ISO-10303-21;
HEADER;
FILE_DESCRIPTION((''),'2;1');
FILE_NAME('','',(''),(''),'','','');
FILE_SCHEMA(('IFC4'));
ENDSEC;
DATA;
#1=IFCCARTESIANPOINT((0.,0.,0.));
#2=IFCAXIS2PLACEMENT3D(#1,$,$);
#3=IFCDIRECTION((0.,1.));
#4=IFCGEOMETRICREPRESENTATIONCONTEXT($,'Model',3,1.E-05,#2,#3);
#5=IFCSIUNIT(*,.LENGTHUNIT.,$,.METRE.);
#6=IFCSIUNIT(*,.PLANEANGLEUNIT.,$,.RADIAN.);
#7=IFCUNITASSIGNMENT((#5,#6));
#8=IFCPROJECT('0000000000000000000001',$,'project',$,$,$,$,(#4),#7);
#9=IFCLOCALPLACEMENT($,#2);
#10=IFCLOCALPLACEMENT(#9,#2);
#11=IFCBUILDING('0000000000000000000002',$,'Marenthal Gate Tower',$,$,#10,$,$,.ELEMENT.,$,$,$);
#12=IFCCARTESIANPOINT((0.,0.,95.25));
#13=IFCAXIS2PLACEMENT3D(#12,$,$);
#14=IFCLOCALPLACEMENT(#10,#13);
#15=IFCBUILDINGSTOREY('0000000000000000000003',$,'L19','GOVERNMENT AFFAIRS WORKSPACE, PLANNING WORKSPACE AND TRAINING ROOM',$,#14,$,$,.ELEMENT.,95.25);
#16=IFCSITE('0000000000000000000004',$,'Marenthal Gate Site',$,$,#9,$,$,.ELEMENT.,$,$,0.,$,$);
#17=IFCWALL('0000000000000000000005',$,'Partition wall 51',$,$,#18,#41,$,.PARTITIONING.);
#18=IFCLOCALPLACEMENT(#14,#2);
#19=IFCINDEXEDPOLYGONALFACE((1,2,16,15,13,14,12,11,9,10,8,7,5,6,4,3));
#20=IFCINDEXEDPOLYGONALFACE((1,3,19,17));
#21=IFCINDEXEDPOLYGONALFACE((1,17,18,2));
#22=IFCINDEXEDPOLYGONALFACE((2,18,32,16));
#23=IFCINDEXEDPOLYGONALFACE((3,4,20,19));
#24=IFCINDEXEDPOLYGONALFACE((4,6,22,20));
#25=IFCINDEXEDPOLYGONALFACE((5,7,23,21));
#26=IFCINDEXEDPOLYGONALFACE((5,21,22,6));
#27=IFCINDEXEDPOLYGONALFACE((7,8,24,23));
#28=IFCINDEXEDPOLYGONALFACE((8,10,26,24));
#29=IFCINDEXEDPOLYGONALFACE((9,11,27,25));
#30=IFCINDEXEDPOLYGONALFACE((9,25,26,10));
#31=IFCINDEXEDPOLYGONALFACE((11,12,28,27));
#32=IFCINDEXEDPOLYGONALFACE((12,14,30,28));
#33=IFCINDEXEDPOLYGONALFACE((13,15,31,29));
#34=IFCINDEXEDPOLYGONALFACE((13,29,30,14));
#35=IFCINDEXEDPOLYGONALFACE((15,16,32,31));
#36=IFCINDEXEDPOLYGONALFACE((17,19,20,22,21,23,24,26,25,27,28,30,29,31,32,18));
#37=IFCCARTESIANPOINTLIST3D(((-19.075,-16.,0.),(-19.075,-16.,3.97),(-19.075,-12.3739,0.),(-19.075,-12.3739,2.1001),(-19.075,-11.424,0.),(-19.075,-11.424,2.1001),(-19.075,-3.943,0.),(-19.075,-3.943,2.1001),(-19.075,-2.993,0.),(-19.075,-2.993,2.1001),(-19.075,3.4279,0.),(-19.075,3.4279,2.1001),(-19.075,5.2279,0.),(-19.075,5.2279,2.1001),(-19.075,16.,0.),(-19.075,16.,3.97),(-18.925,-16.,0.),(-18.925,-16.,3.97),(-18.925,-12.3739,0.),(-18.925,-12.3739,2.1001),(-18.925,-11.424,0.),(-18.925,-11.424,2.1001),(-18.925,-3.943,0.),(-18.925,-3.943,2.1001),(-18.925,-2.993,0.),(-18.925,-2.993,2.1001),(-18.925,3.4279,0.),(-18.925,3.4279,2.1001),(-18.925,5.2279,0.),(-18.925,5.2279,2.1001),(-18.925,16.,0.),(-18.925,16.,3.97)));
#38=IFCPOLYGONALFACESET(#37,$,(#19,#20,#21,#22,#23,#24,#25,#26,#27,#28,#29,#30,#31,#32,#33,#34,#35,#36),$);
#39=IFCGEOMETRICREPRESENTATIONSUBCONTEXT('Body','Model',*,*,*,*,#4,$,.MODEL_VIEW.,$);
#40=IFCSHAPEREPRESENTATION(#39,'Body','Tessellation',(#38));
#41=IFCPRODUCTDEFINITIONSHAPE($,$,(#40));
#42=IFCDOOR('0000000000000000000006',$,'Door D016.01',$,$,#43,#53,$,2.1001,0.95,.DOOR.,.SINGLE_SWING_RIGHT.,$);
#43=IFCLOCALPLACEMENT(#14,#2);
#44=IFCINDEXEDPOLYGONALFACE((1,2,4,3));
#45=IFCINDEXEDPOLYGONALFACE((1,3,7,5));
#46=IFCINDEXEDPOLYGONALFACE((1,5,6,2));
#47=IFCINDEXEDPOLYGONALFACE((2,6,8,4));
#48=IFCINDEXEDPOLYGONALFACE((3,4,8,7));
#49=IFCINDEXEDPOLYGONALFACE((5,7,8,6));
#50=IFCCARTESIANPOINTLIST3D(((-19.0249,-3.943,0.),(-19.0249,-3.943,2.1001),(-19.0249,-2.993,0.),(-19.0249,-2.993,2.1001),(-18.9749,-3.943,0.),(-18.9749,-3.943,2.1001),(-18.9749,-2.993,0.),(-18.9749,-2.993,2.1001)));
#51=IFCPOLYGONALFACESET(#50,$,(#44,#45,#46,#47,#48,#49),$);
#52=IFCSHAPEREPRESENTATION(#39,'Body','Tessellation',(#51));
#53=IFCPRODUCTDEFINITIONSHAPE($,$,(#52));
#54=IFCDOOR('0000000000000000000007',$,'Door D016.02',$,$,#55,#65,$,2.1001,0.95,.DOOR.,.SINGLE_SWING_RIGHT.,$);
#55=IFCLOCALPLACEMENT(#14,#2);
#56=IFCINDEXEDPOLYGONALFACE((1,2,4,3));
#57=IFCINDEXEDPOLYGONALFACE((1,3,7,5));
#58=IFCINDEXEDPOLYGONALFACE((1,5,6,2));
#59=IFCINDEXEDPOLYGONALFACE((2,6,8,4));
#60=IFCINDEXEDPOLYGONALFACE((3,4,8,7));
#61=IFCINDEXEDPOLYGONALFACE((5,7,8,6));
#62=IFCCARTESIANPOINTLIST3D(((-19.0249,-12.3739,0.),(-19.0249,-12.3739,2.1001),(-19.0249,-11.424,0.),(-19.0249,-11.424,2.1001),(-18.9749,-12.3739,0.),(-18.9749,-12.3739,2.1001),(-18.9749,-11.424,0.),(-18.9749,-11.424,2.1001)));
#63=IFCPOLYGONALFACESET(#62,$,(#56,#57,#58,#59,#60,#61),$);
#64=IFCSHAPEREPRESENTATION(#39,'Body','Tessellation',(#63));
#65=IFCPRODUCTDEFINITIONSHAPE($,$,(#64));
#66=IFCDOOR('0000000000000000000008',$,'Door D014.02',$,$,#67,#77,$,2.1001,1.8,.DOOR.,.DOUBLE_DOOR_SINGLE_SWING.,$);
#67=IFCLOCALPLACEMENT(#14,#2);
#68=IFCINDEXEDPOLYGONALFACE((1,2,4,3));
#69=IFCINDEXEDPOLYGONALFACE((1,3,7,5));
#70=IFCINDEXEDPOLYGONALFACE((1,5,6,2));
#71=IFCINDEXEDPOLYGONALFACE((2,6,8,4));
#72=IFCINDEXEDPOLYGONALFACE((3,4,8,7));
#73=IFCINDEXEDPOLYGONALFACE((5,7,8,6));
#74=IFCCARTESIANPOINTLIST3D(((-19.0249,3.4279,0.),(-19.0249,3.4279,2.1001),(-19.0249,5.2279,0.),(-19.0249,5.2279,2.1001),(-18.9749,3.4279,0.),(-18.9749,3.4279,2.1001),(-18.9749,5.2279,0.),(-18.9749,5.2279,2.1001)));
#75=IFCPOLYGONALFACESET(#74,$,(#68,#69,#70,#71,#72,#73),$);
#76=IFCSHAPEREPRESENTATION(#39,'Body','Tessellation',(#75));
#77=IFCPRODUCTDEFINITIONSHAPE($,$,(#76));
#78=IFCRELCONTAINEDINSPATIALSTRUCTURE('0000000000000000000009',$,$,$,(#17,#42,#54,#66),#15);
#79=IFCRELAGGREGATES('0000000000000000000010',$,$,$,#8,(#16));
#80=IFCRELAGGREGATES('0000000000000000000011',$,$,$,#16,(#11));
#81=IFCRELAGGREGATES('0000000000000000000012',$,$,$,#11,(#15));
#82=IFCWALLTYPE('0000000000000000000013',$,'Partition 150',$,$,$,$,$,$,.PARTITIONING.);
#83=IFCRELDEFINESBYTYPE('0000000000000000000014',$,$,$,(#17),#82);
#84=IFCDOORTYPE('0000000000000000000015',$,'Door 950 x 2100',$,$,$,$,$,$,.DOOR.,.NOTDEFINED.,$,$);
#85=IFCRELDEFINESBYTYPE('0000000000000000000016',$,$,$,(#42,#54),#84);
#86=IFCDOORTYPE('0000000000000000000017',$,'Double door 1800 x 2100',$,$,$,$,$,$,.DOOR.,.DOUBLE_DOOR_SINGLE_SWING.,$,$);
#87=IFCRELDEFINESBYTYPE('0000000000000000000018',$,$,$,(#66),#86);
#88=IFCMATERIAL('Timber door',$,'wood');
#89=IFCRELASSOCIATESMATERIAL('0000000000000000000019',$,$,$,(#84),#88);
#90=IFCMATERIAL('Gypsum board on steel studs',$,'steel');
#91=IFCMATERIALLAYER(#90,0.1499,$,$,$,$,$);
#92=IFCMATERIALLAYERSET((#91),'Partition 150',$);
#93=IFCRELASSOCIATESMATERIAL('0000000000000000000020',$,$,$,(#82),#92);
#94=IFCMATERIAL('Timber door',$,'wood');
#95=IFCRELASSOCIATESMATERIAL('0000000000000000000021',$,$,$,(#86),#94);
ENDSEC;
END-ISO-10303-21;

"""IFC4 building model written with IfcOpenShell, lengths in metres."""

from ifc_helpers import new_model, si_unit, direction, frame, frame_2d, origin, place, context, subcontext, project, spatial, rectangle, extrude, material, layer, layer_set, type_object, element, fill, save


model = new_model("IFC4")

# Units and contexts
model_context = context("Model", 3, precision=1e-05, world=origin(), true_north=direction((0.0, 1.0)))
body_context = subcontext(model_context, "Body", "Model", "MODEL_VIEW")
ifc_project = project(units=[si_unit("LENGTHUNIT", "METRE"), si_unit("PLANEANGLEUNIT", "RADIAN")], contexts=[model_context])

# Site, building, storey
site_placement = place(None, origin())
site = spatial("IfcSite", under=ifc_project, at=site_placement, Name="Marenthal Gate Site", CompositionType="ELEMENT", RefElevation=0.0)
building_placement = place(site_placement, origin())
building = spatial("IfcBuilding", under=site, at=building_placement, Name="Marenthal Gate Tower", CompositionType="ELEMENT")
storey_placement = place(building_placement, frame((0.0, 0.0, 95.25)))
storey = spatial("IfcBuildingStorey", under=building, at=storey_placement, Name="L19", Description="GOVERNMENT AFFAIRS WORKSPACE, PLANNING WORKSPACE AND TRAINING ROOM", CompositionType="ELEMENT", Elevation=95.25)

# Wall, openings, doors
ifc_material_1 = material(Name="Timber door", Category="wood")
door_type_1 = type_object("IfcDoorType", Name="Door 950 x 2100", OperationType="NOTDEFINED", PredefinedType="DOOR", material=ifc_material_1)
ifc_material_2 = material(Name="Gypsum board on steel studs", Category="steel")
ifc_layer_1 = layer(ifc_material_2, 0.1499)
ifc_layer_set_1 = layer_set([ifc_layer_1], Name="Partition 150")
wall_type_1 = type_object("IfcWallType", Name="Partition 150", PredefinedType="PARTITIONING", material=ifc_layer_set_1)
wall_1_placement = place(storey_placement, frame((-19.0, -16.0, 0.0), z_axis=(0.0, 0.0, 1.0), x_axis=(0.0, 1.0, 0.0)))
wall_1 = element("IfcWall", 1, at=wall_1_placement, inside=storey, type_object=wall_type_1, Name="Partition wall 51", PredefinedType="PARTITIONING", context=body_context, shape_type="SweptSolid", body=[
    extrude(rectangle(XDim=32.0, YDim=0.1499, at=frame_2d((16.0, 0.0))), origin(), (0.0, 0.0, 1.0), 3.97),
])
opening_1_placement = place(wall_1_placement, frame((12.0569, 0.0, 0.0)))
opening_1 = element("IfcOpeningElement", 2, at=opening_1_placement, cuts=wall_1, PredefinedType="OPENING", context=body_context, shape_type="SweptSolid", body=[
    extrude(rectangle(XDim=0.95, YDim=2.1001, at=frame_2d((0.4751, 1.05))), frame((0.0, 0.085, 0.0), z_axis=(0.0, -1.0, 0.0), x_axis=(1.0, 0.0, 0.0)), (0.0, 0.0, 1.0), 0.1699),
])
opening_2_placement = place(wall_1_placement, frame((3.626, 0.0, 0.0)))
opening_2 = element("IfcOpeningElement", 3, at=opening_2_placement, cuts=wall_1, PredefinedType="OPENING", context=body_context, shape_type="SweptSolid", body=[
    extrude(rectangle(XDim=0.95, YDim=2.1001, at=frame_2d((0.4751, 1.05))), frame((0.0, 0.085, 0.0), z_axis=(0.0, -1.0, 0.0), x_axis=(1.0, 0.0, 0.0)), (0.0, 0.0, 1.0), 0.1699),
])
opening_3_placement = place(wall_1_placement, frame((19.428, 0.0, 0.0)))
opening_3 = element("IfcOpeningElement", 4, at=opening_3_placement, cuts=wall_1, PredefinedType="OPENING", context=body_context, shape_type="SweptSolid", body=[
    extrude(rectangle(XDim=1.8, YDim=2.1001, at=frame_2d((0.8999, 1.05))), frame((0.0, 0.085, 0.0), z_axis=(0.0, -1.0, 0.0), x_axis=(1.0, 0.0, 0.0)), (0.0, 0.0, 1.0), 0.1699),
])
door_1_placement = place(opening_1_placement, origin())
door_1 = element("IfcDoor", 5, at=door_1_placement, inside=storey, type_object=door_type_1, Name="Door D016.01", OperationType="SINGLE_SWING_RIGHT", OverallHeight=2.1001, OverallWidth=0.95, PredefinedType="DOOR", context=body_context, shape_type="SweptSolid", body=[
    extrude(rectangle(XDim=0.95, YDim=2.1001, at=frame_2d((0.4751, 1.05))), frame((0.0, 0.0249, 0.0), z_axis=(0.0, -1.0, 0.0), x_axis=(1.0, 0.0, 0.0)), (0.0, 0.0, 1.0), 0.05),
])
fill(opening_1, door_1)
door_2_placement = place(opening_2_placement, origin())
door_2 = element("IfcDoor", 6, at=door_2_placement, inside=storey, type_object=door_type_1, Name="Door D016.02", OperationType="SINGLE_SWING_RIGHT", OverallHeight=2.1001, OverallWidth=0.95, PredefinedType="DOOR", context=body_context, shape_type="SweptSolid", body=[
    extrude(rectangle(XDim=0.95, YDim=2.1001, at=frame_2d((0.4751, 1.05))), frame((0.0, 0.0249, 0.0), z_axis=(0.0, -1.0, 0.0), x_axis=(1.0, 0.0, 0.0)), (0.0, 0.0, 1.0), 0.05),
])
fill(opening_2, door_2)
ifc_material_3 = material(Name="Timber door", Category="wood")
door_type_2 = type_object("IfcDoorType", Name="Double door 1800 x 2100", OperationType="DOUBLE_DOOR_SINGLE_SWING", PredefinedType="DOOR", material=ifc_material_3)
door_3_placement = place(opening_3_placement, origin())
door_3 = element("IfcDoor", 7, at=door_3_placement, inside=storey, type_object=door_type_2, Name="Door D014.02", OperationType="DOUBLE_DOOR_SINGLE_SWING", OverallHeight=2.1001, OverallWidth=1.8, PredefinedType="DOOR", context=body_context, shape_type="SweptSolid", body=[
    extrude(rectangle(XDim=1.8, YDim=2.1001, at=frame_2d((0.8999, 1.05))), frame((0.0, 0.0249, 0.0), z_axis=(0.0, -1.0, 0.0), x_axis=(1.0, 0.0, 0.0)), (0.0, 0.0, 1.0), 0.05),
])
fill(opening_3, door_3)

save(model, "model.ifc")
